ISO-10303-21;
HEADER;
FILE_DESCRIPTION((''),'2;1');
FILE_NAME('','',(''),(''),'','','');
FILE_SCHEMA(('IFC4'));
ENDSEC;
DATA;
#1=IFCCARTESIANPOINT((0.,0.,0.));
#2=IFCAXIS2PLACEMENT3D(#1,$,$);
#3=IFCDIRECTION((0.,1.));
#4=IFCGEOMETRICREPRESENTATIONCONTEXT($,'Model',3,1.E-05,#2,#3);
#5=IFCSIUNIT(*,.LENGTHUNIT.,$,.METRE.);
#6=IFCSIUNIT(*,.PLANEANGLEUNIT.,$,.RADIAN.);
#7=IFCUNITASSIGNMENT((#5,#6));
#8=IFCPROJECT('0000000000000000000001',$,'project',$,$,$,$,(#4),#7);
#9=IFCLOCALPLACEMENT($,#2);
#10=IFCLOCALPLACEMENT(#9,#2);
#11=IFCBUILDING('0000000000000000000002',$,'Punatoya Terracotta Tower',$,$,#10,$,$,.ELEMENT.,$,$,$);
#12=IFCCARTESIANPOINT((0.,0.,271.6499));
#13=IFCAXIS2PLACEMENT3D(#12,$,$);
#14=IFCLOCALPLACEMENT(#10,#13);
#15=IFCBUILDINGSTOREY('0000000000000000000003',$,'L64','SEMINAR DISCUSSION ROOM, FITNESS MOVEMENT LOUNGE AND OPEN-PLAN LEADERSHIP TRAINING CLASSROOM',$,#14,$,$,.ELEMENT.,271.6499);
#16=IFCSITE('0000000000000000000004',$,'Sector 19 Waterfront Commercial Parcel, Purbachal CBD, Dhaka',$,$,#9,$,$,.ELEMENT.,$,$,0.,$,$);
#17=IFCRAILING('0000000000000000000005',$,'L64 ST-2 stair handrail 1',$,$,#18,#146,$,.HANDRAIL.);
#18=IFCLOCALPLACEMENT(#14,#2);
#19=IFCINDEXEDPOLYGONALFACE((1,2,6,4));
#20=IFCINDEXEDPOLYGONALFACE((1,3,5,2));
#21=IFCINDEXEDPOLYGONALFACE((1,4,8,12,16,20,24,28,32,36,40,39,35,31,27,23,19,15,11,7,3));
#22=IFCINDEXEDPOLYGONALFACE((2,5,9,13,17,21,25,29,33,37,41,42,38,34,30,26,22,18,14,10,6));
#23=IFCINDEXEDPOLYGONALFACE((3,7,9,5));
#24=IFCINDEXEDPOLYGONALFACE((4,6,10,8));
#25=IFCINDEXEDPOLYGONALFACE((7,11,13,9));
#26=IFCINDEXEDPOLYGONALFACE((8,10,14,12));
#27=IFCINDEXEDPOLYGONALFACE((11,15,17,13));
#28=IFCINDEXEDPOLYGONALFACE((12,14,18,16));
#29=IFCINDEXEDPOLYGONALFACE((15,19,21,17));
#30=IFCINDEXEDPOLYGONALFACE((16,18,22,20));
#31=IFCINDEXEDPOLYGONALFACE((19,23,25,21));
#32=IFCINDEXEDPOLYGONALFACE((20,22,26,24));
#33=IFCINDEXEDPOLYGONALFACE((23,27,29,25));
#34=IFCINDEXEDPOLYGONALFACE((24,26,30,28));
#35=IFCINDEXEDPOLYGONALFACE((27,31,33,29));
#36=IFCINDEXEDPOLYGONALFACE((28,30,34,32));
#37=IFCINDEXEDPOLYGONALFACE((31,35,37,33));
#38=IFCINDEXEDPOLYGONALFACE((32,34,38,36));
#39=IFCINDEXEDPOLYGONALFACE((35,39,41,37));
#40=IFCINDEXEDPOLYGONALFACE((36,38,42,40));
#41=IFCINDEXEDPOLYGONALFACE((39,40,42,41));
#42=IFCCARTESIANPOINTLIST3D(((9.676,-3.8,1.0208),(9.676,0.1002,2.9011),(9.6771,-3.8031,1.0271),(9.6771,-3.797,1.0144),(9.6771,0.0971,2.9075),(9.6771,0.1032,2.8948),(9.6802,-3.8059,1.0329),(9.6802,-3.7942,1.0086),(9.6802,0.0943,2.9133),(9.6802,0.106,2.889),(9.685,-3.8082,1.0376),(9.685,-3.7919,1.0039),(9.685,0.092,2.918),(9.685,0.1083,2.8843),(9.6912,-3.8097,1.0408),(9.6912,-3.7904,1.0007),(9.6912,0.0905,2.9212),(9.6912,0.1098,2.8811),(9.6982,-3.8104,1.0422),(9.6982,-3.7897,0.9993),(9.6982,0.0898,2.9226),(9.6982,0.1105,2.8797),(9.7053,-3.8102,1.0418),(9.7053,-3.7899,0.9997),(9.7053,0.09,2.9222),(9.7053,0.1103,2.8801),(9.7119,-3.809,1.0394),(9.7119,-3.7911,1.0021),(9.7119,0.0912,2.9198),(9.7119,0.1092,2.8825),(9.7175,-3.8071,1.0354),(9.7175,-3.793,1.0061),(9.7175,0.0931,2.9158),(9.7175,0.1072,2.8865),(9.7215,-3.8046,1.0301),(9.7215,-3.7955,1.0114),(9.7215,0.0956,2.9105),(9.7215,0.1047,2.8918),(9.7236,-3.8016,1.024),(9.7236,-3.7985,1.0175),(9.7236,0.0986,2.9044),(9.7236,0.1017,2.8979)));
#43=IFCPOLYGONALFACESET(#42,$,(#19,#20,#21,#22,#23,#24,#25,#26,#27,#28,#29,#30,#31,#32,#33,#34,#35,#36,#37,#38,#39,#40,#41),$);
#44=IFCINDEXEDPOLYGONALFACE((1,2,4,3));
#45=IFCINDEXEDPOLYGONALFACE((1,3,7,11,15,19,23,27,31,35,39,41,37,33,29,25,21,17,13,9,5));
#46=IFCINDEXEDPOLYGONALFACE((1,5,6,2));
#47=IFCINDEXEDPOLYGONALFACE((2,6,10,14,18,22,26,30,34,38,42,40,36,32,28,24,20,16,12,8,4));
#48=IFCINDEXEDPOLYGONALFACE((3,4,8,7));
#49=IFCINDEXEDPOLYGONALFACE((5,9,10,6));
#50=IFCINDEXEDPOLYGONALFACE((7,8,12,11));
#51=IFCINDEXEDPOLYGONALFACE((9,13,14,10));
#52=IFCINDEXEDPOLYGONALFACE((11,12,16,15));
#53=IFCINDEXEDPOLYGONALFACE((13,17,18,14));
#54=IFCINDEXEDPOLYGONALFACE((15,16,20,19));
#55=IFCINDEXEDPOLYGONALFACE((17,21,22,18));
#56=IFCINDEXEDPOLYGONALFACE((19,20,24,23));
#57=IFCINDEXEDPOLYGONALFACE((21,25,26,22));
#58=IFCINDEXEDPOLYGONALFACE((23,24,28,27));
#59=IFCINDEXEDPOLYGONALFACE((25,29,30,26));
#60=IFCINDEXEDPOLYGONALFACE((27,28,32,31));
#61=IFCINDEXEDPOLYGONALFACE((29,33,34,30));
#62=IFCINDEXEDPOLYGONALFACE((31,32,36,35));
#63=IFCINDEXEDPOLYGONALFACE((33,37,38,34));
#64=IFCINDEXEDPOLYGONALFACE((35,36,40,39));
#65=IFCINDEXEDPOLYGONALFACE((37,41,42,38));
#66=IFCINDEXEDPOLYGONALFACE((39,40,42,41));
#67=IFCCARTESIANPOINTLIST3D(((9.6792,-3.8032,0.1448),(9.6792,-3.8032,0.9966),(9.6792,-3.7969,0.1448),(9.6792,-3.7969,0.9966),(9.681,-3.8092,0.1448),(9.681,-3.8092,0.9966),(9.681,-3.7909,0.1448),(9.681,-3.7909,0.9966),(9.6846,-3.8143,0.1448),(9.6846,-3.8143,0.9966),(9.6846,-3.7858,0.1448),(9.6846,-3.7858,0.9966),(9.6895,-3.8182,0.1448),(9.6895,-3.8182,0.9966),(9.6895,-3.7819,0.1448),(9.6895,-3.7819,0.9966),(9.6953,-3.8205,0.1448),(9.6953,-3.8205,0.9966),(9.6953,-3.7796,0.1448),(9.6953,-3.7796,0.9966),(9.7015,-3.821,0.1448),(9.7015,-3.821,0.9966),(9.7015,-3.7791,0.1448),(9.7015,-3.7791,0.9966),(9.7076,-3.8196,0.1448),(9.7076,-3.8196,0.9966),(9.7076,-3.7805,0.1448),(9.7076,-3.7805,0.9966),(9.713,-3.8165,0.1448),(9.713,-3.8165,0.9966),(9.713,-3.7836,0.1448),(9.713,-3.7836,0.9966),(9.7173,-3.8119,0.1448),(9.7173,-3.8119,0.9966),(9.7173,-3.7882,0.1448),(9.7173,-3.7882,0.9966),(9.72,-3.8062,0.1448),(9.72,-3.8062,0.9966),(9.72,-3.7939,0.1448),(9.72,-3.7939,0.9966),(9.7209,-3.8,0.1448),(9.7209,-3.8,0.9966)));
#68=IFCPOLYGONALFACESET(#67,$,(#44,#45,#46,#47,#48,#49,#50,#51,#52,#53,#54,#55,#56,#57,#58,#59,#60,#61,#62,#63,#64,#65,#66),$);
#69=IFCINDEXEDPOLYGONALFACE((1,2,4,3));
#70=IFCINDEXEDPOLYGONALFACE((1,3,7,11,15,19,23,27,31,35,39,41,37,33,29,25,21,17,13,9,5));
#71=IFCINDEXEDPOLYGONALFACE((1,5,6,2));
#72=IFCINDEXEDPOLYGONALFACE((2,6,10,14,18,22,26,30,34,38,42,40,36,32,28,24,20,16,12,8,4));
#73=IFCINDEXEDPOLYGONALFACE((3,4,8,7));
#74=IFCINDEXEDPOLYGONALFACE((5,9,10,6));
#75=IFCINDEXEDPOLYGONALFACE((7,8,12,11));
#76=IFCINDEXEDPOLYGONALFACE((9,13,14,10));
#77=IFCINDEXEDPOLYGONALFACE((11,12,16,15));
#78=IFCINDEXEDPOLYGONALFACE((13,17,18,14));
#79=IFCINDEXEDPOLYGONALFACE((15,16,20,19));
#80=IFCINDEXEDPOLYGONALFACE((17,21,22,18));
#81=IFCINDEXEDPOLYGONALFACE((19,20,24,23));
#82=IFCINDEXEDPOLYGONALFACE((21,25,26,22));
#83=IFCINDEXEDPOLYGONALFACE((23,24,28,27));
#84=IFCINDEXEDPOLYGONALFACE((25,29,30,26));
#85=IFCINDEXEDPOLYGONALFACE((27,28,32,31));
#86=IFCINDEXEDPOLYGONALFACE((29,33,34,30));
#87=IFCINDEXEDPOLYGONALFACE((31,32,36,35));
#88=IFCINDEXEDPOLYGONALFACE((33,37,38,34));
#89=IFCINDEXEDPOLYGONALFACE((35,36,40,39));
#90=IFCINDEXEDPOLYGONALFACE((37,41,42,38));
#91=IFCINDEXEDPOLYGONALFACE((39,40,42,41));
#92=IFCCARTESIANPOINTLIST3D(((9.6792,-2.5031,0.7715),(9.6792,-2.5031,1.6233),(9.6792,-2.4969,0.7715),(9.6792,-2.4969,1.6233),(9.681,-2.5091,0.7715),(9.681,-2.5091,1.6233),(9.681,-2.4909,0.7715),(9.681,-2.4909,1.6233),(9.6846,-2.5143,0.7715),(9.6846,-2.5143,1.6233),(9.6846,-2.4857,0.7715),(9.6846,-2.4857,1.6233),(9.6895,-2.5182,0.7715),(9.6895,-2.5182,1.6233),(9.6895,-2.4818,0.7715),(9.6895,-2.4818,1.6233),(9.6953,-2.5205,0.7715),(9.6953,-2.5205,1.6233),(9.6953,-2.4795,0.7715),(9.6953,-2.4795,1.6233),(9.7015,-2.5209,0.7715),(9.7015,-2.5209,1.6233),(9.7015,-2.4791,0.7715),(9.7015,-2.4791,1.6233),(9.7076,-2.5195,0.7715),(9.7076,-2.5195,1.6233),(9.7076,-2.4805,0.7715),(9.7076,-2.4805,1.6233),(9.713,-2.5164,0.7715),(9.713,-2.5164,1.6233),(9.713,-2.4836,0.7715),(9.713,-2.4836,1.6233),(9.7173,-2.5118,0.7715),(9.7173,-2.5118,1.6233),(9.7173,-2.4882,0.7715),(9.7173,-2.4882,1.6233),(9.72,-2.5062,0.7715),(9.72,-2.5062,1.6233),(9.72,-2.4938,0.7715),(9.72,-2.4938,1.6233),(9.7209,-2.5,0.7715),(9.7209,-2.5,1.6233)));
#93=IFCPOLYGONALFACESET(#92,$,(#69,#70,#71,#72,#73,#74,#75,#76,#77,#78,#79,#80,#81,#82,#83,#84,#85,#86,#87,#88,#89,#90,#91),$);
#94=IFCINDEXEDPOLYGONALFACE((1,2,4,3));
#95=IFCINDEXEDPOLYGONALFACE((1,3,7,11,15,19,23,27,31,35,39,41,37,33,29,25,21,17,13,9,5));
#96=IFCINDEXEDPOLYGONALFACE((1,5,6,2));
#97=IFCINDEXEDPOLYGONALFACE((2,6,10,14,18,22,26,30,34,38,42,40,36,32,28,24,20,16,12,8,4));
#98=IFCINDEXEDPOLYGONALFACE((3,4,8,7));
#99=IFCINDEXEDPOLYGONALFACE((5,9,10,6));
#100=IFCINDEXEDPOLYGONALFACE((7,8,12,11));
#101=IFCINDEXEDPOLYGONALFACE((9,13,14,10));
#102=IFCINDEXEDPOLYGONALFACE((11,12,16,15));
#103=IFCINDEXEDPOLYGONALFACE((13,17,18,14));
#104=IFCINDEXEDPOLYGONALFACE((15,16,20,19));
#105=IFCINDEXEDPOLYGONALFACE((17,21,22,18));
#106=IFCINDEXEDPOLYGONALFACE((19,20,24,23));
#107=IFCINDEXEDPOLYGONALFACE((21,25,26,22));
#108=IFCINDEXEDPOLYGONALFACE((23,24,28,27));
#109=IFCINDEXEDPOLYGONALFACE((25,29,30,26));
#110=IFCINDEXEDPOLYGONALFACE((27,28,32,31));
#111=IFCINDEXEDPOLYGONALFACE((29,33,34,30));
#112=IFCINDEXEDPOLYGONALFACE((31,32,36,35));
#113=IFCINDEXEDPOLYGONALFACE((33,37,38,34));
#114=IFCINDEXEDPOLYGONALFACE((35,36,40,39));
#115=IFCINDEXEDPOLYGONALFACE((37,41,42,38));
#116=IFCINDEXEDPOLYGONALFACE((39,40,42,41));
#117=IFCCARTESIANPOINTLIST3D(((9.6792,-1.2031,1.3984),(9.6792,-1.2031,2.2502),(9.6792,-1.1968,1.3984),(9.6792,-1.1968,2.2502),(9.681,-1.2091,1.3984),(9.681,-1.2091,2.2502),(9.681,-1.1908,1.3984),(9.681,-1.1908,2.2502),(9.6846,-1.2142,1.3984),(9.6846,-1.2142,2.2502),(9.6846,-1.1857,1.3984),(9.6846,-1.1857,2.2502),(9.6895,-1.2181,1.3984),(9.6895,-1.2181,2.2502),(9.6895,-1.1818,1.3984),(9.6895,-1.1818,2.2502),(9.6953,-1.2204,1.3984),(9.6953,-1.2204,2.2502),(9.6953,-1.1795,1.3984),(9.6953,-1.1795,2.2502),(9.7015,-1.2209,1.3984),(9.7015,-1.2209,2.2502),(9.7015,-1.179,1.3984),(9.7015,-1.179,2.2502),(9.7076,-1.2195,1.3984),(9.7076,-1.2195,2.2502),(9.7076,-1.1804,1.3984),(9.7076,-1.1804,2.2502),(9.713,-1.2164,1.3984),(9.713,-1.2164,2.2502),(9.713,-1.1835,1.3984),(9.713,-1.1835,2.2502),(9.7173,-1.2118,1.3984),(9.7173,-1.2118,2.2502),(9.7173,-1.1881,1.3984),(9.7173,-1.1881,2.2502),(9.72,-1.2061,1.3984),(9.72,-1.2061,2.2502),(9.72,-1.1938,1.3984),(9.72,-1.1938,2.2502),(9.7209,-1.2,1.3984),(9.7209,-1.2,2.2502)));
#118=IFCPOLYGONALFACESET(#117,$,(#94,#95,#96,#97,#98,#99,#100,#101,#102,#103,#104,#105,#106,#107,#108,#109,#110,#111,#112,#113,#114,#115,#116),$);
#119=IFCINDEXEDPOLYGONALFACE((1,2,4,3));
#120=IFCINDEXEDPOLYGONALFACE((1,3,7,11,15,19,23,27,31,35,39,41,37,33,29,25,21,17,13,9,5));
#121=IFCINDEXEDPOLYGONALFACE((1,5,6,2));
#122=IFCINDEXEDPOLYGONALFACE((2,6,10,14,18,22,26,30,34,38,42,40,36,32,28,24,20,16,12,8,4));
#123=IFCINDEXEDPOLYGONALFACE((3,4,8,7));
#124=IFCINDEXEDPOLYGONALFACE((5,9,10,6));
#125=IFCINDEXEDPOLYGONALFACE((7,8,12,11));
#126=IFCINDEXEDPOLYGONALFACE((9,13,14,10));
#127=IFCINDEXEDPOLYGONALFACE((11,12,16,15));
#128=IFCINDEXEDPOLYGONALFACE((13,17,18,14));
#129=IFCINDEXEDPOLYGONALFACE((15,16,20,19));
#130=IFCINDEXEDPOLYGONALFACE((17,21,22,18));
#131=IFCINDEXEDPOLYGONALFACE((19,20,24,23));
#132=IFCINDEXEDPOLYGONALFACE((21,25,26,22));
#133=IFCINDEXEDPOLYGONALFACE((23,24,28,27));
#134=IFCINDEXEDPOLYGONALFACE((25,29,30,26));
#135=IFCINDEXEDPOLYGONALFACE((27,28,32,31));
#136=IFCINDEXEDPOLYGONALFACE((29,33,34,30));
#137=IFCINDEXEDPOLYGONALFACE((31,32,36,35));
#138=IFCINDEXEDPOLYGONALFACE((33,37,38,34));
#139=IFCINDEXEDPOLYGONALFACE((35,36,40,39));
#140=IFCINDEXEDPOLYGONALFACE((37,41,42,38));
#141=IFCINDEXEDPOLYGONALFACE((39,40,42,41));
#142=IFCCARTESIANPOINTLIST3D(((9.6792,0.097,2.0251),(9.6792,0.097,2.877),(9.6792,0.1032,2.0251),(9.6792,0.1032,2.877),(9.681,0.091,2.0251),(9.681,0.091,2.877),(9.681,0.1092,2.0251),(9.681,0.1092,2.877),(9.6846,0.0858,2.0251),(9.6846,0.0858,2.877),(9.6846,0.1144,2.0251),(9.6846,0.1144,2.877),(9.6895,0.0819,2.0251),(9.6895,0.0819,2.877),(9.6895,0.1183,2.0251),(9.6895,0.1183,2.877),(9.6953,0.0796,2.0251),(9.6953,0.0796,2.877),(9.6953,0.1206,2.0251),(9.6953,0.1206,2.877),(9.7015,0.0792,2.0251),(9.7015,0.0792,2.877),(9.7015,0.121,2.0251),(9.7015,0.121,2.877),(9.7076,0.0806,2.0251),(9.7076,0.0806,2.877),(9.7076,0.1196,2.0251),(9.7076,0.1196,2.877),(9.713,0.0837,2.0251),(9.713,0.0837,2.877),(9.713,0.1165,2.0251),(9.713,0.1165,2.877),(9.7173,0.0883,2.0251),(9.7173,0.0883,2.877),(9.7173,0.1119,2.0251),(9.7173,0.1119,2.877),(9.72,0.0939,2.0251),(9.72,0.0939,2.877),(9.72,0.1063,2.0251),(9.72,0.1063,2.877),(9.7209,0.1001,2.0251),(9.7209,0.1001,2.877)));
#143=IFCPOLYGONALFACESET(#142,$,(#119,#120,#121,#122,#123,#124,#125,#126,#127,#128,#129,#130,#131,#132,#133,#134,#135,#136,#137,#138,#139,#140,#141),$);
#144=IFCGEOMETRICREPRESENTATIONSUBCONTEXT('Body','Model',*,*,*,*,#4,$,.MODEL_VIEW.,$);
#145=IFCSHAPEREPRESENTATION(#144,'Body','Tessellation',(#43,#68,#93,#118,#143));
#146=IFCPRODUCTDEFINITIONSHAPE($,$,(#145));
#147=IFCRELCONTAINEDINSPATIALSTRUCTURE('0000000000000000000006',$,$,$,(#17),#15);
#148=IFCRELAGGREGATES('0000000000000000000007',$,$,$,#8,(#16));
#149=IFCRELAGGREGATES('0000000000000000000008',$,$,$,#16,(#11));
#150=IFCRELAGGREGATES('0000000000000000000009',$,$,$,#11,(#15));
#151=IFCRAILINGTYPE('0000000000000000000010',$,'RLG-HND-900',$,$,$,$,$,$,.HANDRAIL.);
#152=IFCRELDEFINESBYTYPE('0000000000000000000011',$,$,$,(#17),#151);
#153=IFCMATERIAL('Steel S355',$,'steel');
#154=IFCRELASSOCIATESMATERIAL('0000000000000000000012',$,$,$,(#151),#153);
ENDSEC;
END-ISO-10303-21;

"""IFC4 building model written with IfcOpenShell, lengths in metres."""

from ifc_helpers import new_model, si_unit, direction, frame, origin, origin_2d, place, context, subcontext, project, spatial, circle, extrude, material, type_object, element, save


model = new_model("IFC4")

# Units and contexts
model_context = context("Model", 3, precision=1e-05, world=origin(), true_north=direction((0.0, 1.0)))
body_context = subcontext(model_context, "Body", "Model", "MODEL_VIEW")
ifc_project = project(units=[si_unit("LENGTHUNIT", "METRE"), si_unit("PLANEANGLEUNIT", "RADIAN")], contexts=[model_context])

# Site, building, storey
site_placement = place(None, origin())
site = spatial("IfcSite", under=ifc_project, at=site_placement, Name="Sector 19 Waterfront Commercial Parcel, Purbachal CBD, Dhaka", CompositionType="ELEMENT", RefElevation=0.0)
building_placement = place(site_placement, origin())
building = spatial("IfcBuilding", under=site, at=building_placement, Name="Punatoya Terracotta Tower", CompositionType="ELEMENT")
storey_placement = place(building_placement, frame((0.0, 0.0, 271.6499)))
storey = spatial("IfcBuildingStorey", under=building, at=storey_placement, Name="L64", Description="SEMINAR DISCUSSION ROOM, FITNESS MOVEMENT LOUNGE AND OPEN-PLAN LEADERSHIP TRAINING CLASSROOM", CompositionType="ELEMENT", Elevation=271.6499)

# Shared definitions
ifc_material_1 = material(Name="Steel S355", Category="steel")

# Railing
railing_type_1 = type_object("IfcRailingType", Name="RLG-HND-900", PredefinedType="HANDRAIL", material=ifc_material_1)
railing_1_placement = place(storey_placement, frame((9.7, -3.8, 0.1448)))
element("IfcRailing", 1, at=railing_1_placement, inside=storey, type_object=railing_type_1, Name="L64 ST-2 stair handrail 1", PredefinedType="HANDRAIL", context=body_context, shape_type="SweptSolid", body=[
    extrude(circle(Radius=0.0239, at=origin_2d()), frame((0.0, 0.0, 0.876), z_axis=(0.0, 0.900774, 0.434289), x_axis=(-1.0, 0.0, 0.0)), (0.0, 0.0, 1.0), 4.3298),
    extrude(circle(Radius=0.021, at=origin_2d()), origin(), (0.0, 0.0, 1.0), 0.8518),
    extrude(circle(Radius=0.021, at=origin_2d()), frame((0.0, 1.3, 0.6267)), (0.0, 0.0, 1.0), 0.8518),
    extrude(circle(Radius=0.021, at=origin_2d()), frame((0.0, 2.6001, 1.2537)), (0.0, 0.0, 1.0), 0.8518),
    extrude(circle(Radius=0.021, at=origin_2d()), frame((0.0, 3.9001, 1.8804)), (0.0, 0.0, 1.0), 0.8518),
])

save(model, "model.ifc")
